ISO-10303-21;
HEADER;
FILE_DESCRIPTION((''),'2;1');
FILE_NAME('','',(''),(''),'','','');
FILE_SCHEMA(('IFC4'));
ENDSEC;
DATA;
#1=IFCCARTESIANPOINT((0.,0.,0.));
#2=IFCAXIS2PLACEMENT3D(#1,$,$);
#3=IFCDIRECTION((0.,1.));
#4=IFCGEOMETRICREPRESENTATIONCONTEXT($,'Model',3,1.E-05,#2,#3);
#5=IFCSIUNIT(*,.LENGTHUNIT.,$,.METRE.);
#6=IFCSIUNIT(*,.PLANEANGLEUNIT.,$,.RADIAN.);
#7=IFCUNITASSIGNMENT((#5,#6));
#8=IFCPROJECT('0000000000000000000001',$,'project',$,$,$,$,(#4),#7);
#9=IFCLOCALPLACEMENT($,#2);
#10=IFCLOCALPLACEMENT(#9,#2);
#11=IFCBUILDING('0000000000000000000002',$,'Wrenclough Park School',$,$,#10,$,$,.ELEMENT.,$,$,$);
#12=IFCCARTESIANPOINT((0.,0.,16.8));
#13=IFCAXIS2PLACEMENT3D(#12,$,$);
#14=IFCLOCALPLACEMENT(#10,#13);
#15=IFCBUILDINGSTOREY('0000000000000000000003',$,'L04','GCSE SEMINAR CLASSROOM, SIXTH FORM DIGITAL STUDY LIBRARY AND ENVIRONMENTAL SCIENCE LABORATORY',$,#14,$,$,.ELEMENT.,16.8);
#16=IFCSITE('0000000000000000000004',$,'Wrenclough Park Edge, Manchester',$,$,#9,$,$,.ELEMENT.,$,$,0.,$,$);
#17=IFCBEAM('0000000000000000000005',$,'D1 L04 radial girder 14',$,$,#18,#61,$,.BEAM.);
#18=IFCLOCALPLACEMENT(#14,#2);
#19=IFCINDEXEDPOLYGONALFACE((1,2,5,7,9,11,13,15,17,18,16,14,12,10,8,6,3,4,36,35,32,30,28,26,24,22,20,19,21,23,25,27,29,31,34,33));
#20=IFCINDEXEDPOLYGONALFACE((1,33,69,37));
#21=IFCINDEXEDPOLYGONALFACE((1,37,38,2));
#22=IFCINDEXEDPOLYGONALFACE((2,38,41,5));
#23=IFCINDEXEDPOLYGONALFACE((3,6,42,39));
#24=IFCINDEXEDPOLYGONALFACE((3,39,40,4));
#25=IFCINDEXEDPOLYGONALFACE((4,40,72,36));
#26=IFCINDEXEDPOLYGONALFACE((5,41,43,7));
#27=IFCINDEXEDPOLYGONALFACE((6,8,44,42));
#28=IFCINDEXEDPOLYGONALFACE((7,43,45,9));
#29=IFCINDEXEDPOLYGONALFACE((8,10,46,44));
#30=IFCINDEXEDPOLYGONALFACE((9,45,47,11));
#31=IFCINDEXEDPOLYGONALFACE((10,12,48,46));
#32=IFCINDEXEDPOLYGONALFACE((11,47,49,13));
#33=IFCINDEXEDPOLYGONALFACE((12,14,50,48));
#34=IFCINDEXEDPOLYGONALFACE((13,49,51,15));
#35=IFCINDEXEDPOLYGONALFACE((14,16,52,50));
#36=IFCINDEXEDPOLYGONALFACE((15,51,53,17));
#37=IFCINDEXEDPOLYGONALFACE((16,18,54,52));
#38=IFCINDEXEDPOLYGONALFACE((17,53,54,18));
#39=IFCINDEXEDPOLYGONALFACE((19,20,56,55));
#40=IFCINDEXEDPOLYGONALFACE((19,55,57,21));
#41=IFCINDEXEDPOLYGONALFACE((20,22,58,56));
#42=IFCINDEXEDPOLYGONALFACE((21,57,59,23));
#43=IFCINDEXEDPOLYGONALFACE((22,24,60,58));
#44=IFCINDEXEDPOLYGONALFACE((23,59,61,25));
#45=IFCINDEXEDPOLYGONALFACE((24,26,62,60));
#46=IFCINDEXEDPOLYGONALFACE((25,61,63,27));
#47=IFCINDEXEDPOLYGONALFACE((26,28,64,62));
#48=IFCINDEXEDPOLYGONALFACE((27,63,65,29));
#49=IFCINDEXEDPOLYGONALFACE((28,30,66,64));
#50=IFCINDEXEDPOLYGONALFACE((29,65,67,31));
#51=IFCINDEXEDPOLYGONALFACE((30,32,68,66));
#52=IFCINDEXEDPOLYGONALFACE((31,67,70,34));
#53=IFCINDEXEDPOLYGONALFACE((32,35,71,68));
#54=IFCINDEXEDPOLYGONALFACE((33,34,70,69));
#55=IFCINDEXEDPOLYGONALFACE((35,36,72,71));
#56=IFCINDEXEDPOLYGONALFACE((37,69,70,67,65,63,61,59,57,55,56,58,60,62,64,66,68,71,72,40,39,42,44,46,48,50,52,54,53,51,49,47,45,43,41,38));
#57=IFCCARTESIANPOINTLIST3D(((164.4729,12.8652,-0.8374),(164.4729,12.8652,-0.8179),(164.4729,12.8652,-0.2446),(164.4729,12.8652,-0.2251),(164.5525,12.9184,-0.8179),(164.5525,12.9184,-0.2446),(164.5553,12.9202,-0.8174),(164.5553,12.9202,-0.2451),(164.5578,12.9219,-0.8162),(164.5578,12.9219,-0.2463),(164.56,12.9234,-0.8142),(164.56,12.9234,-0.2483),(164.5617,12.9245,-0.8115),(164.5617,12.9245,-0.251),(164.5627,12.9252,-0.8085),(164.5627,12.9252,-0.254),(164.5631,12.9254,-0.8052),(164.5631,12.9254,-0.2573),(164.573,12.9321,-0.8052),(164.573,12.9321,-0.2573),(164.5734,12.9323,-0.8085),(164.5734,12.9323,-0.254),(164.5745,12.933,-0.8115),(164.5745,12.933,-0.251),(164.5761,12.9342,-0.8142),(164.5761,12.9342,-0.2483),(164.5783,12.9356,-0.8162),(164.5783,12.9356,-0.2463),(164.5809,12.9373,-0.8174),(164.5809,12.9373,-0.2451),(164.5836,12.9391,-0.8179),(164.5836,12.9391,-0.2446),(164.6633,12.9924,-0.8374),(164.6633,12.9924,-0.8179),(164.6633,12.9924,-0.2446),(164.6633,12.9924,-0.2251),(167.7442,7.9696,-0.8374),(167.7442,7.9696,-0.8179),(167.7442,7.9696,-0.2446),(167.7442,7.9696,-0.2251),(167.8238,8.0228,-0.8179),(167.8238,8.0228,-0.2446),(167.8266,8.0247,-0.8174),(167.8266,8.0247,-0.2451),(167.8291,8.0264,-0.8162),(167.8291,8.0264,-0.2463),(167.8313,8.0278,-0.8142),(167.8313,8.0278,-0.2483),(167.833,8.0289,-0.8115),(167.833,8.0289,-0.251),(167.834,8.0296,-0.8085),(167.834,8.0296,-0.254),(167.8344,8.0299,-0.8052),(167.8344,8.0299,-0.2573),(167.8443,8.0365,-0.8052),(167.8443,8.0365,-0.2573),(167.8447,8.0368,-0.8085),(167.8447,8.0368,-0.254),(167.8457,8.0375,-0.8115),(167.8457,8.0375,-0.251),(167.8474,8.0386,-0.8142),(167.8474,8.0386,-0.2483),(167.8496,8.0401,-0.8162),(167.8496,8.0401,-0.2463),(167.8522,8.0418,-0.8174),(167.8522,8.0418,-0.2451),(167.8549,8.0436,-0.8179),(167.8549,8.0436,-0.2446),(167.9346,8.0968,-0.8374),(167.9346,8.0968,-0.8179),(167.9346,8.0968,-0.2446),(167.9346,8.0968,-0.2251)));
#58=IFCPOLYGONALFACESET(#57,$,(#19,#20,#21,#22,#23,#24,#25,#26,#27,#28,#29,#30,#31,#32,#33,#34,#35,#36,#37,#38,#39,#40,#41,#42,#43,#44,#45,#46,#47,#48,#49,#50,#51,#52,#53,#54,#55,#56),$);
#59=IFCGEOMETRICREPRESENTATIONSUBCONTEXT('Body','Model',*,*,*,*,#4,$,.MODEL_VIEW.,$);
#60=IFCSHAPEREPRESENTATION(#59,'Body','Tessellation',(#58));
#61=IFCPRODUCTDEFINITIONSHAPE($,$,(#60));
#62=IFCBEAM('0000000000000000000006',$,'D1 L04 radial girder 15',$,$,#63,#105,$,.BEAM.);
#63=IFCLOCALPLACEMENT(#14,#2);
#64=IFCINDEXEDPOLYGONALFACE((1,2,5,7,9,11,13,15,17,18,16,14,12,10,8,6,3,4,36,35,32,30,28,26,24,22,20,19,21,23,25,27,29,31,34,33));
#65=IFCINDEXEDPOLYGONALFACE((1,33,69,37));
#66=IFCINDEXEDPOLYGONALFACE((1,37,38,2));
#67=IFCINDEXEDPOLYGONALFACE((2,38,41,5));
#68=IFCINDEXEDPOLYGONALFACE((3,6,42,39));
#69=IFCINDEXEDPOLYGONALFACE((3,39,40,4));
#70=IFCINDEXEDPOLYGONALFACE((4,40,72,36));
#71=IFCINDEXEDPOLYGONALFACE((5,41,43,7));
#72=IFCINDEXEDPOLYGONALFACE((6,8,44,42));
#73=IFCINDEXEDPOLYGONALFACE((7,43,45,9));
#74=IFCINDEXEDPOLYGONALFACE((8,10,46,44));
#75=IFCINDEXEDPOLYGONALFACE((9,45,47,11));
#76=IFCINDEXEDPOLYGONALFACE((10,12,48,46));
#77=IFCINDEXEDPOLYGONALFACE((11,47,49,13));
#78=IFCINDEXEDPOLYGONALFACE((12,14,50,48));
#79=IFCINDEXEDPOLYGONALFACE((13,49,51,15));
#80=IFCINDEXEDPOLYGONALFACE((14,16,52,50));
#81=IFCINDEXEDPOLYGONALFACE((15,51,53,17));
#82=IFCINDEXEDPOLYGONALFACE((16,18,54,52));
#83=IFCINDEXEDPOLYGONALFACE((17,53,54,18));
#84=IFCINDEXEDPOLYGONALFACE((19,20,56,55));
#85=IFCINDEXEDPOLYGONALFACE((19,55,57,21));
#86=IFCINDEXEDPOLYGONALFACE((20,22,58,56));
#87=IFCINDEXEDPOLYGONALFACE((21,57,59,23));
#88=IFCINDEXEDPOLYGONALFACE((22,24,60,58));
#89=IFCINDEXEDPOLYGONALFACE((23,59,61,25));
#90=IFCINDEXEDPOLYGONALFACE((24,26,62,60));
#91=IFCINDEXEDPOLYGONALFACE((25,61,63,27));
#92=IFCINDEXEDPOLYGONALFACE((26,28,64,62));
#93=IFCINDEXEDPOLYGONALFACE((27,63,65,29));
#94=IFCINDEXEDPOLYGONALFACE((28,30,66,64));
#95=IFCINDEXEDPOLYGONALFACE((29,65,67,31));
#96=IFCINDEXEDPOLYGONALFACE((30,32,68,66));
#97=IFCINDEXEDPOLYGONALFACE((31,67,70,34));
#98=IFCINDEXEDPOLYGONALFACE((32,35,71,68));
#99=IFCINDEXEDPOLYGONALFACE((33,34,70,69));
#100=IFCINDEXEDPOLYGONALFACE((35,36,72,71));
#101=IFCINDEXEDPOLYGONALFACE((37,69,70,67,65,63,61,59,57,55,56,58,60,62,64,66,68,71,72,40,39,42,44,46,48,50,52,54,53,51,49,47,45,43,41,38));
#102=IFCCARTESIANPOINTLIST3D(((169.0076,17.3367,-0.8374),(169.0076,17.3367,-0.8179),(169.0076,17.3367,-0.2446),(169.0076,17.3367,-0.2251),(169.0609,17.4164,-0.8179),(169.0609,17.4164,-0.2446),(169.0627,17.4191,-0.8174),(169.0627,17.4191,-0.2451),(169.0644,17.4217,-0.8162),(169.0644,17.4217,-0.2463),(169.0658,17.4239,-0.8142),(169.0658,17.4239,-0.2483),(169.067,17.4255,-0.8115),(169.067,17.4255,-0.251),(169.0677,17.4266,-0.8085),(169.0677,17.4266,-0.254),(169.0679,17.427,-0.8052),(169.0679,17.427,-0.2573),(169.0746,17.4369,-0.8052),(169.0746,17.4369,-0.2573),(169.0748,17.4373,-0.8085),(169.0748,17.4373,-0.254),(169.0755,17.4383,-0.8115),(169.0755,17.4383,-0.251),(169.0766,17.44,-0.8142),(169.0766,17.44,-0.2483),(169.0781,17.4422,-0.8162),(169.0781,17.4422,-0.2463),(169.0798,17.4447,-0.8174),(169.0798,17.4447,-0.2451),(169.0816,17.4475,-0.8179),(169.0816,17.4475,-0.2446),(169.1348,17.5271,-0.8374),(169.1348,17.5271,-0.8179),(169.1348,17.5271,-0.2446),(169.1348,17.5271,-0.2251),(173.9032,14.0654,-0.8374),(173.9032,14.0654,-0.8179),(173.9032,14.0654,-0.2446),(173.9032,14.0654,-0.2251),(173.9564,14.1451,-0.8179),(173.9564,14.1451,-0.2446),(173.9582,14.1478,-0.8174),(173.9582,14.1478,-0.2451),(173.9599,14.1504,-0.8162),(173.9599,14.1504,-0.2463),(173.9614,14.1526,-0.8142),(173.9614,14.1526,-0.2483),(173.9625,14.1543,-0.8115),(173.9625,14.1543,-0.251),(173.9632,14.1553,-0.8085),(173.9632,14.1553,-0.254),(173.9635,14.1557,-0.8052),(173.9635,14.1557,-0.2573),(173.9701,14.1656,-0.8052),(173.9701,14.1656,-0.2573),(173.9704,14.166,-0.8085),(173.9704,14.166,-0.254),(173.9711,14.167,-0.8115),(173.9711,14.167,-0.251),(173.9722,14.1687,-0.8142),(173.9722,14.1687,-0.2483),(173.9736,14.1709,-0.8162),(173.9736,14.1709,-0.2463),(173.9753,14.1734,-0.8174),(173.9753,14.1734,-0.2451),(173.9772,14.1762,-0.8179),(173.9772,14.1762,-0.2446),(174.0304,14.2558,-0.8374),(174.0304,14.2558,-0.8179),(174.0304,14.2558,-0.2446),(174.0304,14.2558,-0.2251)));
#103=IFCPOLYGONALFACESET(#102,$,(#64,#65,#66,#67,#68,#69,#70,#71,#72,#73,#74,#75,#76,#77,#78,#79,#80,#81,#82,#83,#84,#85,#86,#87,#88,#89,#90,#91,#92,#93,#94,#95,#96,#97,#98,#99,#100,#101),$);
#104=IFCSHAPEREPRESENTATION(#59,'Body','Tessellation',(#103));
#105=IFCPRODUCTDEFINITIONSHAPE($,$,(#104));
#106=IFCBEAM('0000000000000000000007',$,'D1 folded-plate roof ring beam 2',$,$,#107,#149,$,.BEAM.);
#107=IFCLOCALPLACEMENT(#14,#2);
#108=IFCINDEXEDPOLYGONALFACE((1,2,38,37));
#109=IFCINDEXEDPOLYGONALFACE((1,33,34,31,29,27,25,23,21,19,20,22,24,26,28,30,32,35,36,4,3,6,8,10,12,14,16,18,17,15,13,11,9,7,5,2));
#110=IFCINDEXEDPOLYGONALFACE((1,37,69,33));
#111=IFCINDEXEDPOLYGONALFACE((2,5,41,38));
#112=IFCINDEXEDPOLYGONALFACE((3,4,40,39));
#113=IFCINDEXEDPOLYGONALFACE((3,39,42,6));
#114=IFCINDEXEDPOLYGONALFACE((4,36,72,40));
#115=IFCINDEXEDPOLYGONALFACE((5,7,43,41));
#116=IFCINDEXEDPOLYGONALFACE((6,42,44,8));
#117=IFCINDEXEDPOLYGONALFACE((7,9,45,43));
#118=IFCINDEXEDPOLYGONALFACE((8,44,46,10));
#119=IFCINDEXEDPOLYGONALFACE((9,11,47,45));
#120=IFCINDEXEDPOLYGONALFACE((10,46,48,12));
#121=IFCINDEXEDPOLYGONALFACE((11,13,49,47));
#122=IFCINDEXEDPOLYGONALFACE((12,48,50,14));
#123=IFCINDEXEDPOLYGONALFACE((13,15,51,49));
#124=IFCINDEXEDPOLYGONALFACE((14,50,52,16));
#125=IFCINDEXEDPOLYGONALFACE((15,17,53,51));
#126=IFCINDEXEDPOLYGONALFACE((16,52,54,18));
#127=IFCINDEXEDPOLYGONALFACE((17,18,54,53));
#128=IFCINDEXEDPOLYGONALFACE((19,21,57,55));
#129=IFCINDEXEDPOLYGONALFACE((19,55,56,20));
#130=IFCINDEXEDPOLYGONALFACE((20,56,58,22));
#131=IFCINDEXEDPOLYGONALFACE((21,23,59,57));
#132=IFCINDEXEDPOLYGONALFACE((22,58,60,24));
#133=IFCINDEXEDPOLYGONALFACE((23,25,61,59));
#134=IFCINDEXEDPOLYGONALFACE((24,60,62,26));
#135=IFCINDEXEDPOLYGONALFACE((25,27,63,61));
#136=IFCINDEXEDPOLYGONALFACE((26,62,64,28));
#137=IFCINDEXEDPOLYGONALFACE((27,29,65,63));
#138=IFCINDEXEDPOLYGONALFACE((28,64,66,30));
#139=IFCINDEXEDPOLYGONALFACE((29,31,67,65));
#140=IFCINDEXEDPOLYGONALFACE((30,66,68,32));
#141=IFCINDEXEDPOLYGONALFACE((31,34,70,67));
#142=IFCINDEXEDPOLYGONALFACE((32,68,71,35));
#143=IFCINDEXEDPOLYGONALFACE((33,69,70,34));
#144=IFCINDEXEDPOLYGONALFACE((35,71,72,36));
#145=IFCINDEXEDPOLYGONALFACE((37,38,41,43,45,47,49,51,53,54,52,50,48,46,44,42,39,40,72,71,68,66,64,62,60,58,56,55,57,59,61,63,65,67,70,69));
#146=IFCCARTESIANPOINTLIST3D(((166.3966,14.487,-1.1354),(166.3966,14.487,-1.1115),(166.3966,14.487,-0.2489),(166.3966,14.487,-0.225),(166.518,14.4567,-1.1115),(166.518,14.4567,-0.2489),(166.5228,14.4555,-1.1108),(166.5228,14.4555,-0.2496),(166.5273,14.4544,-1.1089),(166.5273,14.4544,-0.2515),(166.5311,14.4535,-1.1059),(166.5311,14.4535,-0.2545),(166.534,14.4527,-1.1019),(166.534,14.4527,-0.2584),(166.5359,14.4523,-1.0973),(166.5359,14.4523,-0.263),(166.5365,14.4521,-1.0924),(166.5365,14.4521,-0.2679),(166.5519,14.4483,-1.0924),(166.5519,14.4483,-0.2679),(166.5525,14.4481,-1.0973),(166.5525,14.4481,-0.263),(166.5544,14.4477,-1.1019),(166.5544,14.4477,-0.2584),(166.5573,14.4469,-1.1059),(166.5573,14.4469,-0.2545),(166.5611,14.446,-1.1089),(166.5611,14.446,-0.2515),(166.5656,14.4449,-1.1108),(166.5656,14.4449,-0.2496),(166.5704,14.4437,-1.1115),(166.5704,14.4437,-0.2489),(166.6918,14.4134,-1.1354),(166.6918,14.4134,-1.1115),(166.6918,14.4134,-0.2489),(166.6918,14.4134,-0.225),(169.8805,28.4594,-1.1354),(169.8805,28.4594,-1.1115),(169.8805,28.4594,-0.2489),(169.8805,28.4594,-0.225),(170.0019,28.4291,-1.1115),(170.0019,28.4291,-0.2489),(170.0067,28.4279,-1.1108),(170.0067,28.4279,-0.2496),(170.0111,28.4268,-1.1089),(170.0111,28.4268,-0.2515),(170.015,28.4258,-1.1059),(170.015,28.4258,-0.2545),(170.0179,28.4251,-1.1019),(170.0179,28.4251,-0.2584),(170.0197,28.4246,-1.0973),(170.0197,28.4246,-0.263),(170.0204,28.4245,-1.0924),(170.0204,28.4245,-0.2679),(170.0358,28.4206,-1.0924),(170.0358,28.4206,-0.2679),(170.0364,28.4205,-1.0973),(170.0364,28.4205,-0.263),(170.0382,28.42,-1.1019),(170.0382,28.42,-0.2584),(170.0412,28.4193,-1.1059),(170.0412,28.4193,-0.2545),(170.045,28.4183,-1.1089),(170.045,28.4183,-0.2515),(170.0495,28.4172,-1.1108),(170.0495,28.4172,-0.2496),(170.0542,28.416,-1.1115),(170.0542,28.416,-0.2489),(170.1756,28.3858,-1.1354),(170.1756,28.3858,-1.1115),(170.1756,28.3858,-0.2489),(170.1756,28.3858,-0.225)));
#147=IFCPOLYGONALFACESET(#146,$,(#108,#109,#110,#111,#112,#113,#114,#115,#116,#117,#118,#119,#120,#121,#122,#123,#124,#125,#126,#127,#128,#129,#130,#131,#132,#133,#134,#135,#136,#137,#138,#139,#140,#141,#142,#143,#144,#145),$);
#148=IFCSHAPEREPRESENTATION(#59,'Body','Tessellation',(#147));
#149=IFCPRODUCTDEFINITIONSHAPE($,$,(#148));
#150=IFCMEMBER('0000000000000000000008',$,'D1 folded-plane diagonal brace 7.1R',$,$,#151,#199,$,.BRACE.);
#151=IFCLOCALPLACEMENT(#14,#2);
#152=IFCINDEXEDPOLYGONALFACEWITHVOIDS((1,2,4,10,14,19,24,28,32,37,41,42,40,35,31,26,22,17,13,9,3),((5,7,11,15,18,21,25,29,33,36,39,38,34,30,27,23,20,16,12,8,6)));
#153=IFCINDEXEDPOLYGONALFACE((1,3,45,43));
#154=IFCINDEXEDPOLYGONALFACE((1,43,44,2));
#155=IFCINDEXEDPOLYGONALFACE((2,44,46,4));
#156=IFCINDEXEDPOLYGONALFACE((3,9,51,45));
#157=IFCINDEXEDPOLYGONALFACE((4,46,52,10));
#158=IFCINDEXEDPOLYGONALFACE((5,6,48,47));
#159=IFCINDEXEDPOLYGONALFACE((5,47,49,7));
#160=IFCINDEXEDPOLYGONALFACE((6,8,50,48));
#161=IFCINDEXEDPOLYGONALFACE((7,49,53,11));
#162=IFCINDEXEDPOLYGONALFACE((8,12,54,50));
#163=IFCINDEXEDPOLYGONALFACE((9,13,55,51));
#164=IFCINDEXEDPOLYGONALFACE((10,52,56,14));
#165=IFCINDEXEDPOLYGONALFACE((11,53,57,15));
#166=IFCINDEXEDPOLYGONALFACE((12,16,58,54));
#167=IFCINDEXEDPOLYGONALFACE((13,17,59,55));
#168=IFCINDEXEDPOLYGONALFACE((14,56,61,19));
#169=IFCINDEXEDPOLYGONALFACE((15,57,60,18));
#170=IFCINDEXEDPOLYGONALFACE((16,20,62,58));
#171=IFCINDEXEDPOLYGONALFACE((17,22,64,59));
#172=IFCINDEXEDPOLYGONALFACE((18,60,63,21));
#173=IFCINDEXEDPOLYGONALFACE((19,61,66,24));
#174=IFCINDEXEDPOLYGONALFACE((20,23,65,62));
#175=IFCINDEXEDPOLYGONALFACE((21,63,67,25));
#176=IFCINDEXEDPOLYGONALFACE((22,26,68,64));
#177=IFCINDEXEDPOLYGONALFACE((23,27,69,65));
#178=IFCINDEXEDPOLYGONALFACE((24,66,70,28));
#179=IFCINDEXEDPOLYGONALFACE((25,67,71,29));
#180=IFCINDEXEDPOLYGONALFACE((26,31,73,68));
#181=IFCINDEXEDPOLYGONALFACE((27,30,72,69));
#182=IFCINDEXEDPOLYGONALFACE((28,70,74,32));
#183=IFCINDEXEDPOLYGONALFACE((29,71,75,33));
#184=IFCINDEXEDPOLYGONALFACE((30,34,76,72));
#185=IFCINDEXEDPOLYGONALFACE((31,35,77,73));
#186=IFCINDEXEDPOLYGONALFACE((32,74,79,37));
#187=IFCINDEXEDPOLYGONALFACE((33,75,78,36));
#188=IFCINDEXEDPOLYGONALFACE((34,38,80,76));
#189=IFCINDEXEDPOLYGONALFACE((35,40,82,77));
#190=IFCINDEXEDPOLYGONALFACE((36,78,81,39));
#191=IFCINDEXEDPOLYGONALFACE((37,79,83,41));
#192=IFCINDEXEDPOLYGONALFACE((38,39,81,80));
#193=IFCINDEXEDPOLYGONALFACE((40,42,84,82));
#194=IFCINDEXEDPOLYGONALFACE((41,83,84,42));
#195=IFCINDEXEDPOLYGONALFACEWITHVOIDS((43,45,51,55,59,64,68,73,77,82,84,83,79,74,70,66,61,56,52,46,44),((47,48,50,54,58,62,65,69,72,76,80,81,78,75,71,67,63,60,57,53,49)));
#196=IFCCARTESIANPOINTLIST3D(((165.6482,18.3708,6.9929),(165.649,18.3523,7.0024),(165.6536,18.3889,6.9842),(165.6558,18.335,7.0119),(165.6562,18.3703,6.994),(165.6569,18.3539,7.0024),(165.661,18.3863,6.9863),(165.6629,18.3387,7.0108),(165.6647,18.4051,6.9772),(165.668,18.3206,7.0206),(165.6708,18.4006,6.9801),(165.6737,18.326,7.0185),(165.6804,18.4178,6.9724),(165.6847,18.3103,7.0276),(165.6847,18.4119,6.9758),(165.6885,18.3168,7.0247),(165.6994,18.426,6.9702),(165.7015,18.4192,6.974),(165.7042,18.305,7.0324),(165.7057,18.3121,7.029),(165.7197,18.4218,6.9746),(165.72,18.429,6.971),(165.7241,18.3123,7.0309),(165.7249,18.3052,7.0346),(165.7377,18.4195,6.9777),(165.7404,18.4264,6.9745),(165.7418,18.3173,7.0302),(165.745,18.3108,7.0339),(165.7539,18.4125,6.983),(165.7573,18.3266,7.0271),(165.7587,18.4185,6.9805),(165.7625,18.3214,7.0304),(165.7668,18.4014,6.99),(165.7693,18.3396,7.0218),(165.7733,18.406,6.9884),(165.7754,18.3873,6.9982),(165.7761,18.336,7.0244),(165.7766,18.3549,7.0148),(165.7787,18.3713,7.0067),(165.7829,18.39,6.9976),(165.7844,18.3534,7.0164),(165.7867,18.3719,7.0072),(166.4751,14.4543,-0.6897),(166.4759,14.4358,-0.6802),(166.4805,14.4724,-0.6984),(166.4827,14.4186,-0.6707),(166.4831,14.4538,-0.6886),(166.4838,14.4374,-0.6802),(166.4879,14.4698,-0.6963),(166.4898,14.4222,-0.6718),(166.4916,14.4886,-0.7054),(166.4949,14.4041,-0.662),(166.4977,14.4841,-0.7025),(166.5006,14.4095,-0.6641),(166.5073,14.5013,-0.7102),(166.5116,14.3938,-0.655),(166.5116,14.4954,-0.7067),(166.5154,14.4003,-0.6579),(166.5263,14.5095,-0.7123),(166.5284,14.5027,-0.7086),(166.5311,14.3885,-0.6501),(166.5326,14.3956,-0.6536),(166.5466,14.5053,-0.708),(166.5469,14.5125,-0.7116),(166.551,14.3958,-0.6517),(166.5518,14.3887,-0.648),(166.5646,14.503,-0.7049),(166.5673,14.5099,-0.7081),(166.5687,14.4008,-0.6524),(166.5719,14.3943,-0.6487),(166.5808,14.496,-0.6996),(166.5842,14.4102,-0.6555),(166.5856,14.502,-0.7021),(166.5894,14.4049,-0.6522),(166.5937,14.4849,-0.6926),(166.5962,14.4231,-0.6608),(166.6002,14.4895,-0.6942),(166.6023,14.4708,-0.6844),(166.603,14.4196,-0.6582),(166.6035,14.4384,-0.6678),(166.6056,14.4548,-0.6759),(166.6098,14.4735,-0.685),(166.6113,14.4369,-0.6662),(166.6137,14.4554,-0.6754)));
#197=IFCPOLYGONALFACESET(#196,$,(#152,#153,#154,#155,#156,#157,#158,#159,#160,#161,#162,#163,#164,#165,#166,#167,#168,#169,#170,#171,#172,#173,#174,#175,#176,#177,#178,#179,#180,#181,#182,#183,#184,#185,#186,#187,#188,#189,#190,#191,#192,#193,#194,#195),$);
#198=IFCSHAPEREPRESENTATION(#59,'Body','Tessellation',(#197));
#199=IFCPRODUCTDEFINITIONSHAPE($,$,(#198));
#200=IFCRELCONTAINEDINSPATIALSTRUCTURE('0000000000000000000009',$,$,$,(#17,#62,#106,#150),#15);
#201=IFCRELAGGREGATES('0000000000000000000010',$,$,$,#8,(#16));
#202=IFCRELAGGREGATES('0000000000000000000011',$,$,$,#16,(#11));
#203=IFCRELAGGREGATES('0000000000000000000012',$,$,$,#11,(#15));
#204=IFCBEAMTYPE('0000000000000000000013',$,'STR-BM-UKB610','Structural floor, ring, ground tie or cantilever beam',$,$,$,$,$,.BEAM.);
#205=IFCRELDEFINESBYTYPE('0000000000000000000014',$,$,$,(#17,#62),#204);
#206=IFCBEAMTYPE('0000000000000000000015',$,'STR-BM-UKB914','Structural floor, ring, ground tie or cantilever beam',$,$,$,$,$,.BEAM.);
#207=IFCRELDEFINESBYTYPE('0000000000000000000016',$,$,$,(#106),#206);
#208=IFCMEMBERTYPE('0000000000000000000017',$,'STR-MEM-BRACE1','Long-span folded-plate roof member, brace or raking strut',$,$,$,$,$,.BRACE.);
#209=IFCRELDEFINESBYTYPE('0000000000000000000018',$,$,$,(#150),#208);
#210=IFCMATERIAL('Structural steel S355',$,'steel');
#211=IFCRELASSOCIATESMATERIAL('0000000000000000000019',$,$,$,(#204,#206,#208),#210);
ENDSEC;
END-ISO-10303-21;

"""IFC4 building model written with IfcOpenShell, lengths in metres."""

from ifc_helpers import new_model, si_unit, direction, frame, origin, origin_2d, place, context, subcontext, project, spatial, hollow_circle, i_section, extrude, material, material_profile, profile_set, type_object, element, save


model = new_model("IFC4")

# Units and contexts
model_context = context("Model", 3, precision=1e-05, world=origin(), true_north=direction((0.0, 1.0)))
body_context = subcontext(model_context, "Body", "Model", "MODEL_VIEW")
ifc_project = project(units=[si_unit("LENGTHUNIT", "METRE"), si_unit("PLANEANGLEUNIT", "RADIAN")], contexts=[model_context])

# Site, building, storey
site_placement = place(None, origin())
site = spatial("IfcSite", under=ifc_project, at=site_placement, Name="Wrenclough Park Edge, Manchester", CompositionType="ELEMENT", RefElevation=0.0)
building_placement = place(site_placement, origin())
building = spatial("IfcBuilding", under=site, at=building_placement, Name="Wrenclough Park School", CompositionType="ELEMENT")
storey_placement = place(building_placement, frame((0.0, 0.0, 16.8)))
storey = spatial("IfcBuildingStorey", under=building, at=storey_placement, Name="L04", Description="GCSE SEMINAR CLASSROOM, SIXTH FORM DIGITAL STUDY LIBRARY AND ENVIRONMENTAL SCIENCE LABORATORY", CompositionType="ELEMENT", Elevation=16.8)

# Beams
ifc_material_1 = material(Name="Structural steel S355", Category="steel")
ifc_material_profile_1 = material_profile(ifc_material_1, i_section(OverallWidth=0.229, OverallDepth=0.6123, WebThickness=0.012, FlangeThickness=0.0195, FilletRadius=0.0127, at=origin_2d()), Name="UKB 610x229x125")
ifc_profile_set_1 = profile_set([ifc_material_profile_1], Name="Structural steel S355")
beam_type_1 = type_object("IfcBeamType", Name="STR-BM-UKB610", Description="Structural floor, ring, ground tie or cantilever beam", PredefinedType="BEAM", material=ifc_profile_set_1)
for number, where, z_axis, x_axis, name in (
    (1, (167.8394, 8.0332, -0.5312), (-0.55559, 0.831457, 0.0), (-0.831457, -0.55559, 0.0), "D1 L04 radial girder 14"),
    (2, (173.9668, 14.1606, -0.5312), (-0.831457, 0.55559, 0.0), (-0.55559, -0.831457, 0.0), "D1 L04 radial girder 15"),
):
    element("IfcBeam", number, at=place(storey_placement, frame(where, z_axis=z_axis, x_axis=x_axis)), inside=storey, type_object=beam_type_1, Name=name, PredefinedType="BEAM", context=body_context, shape_type="SweptSolid", body=[
        extrude(i_section(OverallWidth=0.229, OverallDepth=0.6123, WebThickness=0.012, FlangeThickness=0.0195, FilletRadius=0.0127, at=origin_2d()), origin(), (0.0, 0.0, 1.0), 5.8879),
    ])
ifc_material_profile_2 = material_profile(ifc_material_1, i_section(OverallWidth=0.3042, OverallDepth=0.9104, WebThickness=0.0159, FlangeThickness=0.0239, FilletRadius=0.019, at=origin_2d()), Name="UKB 914x305x224")
ifc_profile_set_2 = profile_set([ifc_material_profile_2], Name="Structural steel S355")
beam_type_2 = type_object("IfcBeamType", Name="STR-BM-UKB914", Description="Structural floor, ring, ground tie or cantilever beam", PredefinedType="BEAM", material=ifc_profile_set_2)
beam_1_placement = place(storey_placement, frame((166.5442, 14.4502, -0.6802), z_axis=(0.241933, 0.970293, 0.0), x_axis=(-0.970293, 0.241933, 0.0)))
element("IfcBeam", 3, at=beam_1_placement, inside=storey, type_object=beam_type_2, Name="D1 folded-plate roof ring beam 2", PredefinedType="BEAM", context=body_context, shape_type="SweptSolid", body=[
    extrude(i_section(OverallWidth=0.3042, OverallDepth=0.9104, WebThickness=0.0159, FlangeThickness=0.0239, FilletRadius=0.019, at=origin_2d()), origin(), (0.0, 0.0, 1.0), 14.4001),
])

# Member
ifc_material_profile_3 = material_profile(ifc_material_1, hollow_circle(Radius=0.0698, WallThickness=0.0081, at=origin_2d()), Name="CHS 139.7x8.0")
ifc_profile_set_3 = profile_set([ifc_material_profile_3], Name="Structural steel S355")
member_type_1 = type_object("IfcMemberType", Name="STR-MEM-BRACE1", Description="Long-span folded-plate roof member, brace or raking strut", PredefinedType="BRACE", material=ifc_profile_set_3)
for number, where, z_axis, x_axis, name in (
    (4, (166.5442, 14.4502, -0.6802), (-0.095454, 0.452102, 0.886844), (-0.97843, -0.206579, 0.0), "D1 folded-plane diagonal brace 7.1R"),
):
    element("IfcMember", number, at=place(storey_placement, frame(where, z_axis=z_axis, x_axis=x_axis)), inside=storey, type_object=member_type_1, Name=name, PredefinedType="BRACE", context=body_context, shape_type="SweptSolid", body=[
        extrude(hollow_circle(Radius=0.0698, WallThickness=0.0081, at=origin_2d()), origin(), (0.0, 0.0, 1.0), 8.6628),
    ])

save(model, "model.ifc")
